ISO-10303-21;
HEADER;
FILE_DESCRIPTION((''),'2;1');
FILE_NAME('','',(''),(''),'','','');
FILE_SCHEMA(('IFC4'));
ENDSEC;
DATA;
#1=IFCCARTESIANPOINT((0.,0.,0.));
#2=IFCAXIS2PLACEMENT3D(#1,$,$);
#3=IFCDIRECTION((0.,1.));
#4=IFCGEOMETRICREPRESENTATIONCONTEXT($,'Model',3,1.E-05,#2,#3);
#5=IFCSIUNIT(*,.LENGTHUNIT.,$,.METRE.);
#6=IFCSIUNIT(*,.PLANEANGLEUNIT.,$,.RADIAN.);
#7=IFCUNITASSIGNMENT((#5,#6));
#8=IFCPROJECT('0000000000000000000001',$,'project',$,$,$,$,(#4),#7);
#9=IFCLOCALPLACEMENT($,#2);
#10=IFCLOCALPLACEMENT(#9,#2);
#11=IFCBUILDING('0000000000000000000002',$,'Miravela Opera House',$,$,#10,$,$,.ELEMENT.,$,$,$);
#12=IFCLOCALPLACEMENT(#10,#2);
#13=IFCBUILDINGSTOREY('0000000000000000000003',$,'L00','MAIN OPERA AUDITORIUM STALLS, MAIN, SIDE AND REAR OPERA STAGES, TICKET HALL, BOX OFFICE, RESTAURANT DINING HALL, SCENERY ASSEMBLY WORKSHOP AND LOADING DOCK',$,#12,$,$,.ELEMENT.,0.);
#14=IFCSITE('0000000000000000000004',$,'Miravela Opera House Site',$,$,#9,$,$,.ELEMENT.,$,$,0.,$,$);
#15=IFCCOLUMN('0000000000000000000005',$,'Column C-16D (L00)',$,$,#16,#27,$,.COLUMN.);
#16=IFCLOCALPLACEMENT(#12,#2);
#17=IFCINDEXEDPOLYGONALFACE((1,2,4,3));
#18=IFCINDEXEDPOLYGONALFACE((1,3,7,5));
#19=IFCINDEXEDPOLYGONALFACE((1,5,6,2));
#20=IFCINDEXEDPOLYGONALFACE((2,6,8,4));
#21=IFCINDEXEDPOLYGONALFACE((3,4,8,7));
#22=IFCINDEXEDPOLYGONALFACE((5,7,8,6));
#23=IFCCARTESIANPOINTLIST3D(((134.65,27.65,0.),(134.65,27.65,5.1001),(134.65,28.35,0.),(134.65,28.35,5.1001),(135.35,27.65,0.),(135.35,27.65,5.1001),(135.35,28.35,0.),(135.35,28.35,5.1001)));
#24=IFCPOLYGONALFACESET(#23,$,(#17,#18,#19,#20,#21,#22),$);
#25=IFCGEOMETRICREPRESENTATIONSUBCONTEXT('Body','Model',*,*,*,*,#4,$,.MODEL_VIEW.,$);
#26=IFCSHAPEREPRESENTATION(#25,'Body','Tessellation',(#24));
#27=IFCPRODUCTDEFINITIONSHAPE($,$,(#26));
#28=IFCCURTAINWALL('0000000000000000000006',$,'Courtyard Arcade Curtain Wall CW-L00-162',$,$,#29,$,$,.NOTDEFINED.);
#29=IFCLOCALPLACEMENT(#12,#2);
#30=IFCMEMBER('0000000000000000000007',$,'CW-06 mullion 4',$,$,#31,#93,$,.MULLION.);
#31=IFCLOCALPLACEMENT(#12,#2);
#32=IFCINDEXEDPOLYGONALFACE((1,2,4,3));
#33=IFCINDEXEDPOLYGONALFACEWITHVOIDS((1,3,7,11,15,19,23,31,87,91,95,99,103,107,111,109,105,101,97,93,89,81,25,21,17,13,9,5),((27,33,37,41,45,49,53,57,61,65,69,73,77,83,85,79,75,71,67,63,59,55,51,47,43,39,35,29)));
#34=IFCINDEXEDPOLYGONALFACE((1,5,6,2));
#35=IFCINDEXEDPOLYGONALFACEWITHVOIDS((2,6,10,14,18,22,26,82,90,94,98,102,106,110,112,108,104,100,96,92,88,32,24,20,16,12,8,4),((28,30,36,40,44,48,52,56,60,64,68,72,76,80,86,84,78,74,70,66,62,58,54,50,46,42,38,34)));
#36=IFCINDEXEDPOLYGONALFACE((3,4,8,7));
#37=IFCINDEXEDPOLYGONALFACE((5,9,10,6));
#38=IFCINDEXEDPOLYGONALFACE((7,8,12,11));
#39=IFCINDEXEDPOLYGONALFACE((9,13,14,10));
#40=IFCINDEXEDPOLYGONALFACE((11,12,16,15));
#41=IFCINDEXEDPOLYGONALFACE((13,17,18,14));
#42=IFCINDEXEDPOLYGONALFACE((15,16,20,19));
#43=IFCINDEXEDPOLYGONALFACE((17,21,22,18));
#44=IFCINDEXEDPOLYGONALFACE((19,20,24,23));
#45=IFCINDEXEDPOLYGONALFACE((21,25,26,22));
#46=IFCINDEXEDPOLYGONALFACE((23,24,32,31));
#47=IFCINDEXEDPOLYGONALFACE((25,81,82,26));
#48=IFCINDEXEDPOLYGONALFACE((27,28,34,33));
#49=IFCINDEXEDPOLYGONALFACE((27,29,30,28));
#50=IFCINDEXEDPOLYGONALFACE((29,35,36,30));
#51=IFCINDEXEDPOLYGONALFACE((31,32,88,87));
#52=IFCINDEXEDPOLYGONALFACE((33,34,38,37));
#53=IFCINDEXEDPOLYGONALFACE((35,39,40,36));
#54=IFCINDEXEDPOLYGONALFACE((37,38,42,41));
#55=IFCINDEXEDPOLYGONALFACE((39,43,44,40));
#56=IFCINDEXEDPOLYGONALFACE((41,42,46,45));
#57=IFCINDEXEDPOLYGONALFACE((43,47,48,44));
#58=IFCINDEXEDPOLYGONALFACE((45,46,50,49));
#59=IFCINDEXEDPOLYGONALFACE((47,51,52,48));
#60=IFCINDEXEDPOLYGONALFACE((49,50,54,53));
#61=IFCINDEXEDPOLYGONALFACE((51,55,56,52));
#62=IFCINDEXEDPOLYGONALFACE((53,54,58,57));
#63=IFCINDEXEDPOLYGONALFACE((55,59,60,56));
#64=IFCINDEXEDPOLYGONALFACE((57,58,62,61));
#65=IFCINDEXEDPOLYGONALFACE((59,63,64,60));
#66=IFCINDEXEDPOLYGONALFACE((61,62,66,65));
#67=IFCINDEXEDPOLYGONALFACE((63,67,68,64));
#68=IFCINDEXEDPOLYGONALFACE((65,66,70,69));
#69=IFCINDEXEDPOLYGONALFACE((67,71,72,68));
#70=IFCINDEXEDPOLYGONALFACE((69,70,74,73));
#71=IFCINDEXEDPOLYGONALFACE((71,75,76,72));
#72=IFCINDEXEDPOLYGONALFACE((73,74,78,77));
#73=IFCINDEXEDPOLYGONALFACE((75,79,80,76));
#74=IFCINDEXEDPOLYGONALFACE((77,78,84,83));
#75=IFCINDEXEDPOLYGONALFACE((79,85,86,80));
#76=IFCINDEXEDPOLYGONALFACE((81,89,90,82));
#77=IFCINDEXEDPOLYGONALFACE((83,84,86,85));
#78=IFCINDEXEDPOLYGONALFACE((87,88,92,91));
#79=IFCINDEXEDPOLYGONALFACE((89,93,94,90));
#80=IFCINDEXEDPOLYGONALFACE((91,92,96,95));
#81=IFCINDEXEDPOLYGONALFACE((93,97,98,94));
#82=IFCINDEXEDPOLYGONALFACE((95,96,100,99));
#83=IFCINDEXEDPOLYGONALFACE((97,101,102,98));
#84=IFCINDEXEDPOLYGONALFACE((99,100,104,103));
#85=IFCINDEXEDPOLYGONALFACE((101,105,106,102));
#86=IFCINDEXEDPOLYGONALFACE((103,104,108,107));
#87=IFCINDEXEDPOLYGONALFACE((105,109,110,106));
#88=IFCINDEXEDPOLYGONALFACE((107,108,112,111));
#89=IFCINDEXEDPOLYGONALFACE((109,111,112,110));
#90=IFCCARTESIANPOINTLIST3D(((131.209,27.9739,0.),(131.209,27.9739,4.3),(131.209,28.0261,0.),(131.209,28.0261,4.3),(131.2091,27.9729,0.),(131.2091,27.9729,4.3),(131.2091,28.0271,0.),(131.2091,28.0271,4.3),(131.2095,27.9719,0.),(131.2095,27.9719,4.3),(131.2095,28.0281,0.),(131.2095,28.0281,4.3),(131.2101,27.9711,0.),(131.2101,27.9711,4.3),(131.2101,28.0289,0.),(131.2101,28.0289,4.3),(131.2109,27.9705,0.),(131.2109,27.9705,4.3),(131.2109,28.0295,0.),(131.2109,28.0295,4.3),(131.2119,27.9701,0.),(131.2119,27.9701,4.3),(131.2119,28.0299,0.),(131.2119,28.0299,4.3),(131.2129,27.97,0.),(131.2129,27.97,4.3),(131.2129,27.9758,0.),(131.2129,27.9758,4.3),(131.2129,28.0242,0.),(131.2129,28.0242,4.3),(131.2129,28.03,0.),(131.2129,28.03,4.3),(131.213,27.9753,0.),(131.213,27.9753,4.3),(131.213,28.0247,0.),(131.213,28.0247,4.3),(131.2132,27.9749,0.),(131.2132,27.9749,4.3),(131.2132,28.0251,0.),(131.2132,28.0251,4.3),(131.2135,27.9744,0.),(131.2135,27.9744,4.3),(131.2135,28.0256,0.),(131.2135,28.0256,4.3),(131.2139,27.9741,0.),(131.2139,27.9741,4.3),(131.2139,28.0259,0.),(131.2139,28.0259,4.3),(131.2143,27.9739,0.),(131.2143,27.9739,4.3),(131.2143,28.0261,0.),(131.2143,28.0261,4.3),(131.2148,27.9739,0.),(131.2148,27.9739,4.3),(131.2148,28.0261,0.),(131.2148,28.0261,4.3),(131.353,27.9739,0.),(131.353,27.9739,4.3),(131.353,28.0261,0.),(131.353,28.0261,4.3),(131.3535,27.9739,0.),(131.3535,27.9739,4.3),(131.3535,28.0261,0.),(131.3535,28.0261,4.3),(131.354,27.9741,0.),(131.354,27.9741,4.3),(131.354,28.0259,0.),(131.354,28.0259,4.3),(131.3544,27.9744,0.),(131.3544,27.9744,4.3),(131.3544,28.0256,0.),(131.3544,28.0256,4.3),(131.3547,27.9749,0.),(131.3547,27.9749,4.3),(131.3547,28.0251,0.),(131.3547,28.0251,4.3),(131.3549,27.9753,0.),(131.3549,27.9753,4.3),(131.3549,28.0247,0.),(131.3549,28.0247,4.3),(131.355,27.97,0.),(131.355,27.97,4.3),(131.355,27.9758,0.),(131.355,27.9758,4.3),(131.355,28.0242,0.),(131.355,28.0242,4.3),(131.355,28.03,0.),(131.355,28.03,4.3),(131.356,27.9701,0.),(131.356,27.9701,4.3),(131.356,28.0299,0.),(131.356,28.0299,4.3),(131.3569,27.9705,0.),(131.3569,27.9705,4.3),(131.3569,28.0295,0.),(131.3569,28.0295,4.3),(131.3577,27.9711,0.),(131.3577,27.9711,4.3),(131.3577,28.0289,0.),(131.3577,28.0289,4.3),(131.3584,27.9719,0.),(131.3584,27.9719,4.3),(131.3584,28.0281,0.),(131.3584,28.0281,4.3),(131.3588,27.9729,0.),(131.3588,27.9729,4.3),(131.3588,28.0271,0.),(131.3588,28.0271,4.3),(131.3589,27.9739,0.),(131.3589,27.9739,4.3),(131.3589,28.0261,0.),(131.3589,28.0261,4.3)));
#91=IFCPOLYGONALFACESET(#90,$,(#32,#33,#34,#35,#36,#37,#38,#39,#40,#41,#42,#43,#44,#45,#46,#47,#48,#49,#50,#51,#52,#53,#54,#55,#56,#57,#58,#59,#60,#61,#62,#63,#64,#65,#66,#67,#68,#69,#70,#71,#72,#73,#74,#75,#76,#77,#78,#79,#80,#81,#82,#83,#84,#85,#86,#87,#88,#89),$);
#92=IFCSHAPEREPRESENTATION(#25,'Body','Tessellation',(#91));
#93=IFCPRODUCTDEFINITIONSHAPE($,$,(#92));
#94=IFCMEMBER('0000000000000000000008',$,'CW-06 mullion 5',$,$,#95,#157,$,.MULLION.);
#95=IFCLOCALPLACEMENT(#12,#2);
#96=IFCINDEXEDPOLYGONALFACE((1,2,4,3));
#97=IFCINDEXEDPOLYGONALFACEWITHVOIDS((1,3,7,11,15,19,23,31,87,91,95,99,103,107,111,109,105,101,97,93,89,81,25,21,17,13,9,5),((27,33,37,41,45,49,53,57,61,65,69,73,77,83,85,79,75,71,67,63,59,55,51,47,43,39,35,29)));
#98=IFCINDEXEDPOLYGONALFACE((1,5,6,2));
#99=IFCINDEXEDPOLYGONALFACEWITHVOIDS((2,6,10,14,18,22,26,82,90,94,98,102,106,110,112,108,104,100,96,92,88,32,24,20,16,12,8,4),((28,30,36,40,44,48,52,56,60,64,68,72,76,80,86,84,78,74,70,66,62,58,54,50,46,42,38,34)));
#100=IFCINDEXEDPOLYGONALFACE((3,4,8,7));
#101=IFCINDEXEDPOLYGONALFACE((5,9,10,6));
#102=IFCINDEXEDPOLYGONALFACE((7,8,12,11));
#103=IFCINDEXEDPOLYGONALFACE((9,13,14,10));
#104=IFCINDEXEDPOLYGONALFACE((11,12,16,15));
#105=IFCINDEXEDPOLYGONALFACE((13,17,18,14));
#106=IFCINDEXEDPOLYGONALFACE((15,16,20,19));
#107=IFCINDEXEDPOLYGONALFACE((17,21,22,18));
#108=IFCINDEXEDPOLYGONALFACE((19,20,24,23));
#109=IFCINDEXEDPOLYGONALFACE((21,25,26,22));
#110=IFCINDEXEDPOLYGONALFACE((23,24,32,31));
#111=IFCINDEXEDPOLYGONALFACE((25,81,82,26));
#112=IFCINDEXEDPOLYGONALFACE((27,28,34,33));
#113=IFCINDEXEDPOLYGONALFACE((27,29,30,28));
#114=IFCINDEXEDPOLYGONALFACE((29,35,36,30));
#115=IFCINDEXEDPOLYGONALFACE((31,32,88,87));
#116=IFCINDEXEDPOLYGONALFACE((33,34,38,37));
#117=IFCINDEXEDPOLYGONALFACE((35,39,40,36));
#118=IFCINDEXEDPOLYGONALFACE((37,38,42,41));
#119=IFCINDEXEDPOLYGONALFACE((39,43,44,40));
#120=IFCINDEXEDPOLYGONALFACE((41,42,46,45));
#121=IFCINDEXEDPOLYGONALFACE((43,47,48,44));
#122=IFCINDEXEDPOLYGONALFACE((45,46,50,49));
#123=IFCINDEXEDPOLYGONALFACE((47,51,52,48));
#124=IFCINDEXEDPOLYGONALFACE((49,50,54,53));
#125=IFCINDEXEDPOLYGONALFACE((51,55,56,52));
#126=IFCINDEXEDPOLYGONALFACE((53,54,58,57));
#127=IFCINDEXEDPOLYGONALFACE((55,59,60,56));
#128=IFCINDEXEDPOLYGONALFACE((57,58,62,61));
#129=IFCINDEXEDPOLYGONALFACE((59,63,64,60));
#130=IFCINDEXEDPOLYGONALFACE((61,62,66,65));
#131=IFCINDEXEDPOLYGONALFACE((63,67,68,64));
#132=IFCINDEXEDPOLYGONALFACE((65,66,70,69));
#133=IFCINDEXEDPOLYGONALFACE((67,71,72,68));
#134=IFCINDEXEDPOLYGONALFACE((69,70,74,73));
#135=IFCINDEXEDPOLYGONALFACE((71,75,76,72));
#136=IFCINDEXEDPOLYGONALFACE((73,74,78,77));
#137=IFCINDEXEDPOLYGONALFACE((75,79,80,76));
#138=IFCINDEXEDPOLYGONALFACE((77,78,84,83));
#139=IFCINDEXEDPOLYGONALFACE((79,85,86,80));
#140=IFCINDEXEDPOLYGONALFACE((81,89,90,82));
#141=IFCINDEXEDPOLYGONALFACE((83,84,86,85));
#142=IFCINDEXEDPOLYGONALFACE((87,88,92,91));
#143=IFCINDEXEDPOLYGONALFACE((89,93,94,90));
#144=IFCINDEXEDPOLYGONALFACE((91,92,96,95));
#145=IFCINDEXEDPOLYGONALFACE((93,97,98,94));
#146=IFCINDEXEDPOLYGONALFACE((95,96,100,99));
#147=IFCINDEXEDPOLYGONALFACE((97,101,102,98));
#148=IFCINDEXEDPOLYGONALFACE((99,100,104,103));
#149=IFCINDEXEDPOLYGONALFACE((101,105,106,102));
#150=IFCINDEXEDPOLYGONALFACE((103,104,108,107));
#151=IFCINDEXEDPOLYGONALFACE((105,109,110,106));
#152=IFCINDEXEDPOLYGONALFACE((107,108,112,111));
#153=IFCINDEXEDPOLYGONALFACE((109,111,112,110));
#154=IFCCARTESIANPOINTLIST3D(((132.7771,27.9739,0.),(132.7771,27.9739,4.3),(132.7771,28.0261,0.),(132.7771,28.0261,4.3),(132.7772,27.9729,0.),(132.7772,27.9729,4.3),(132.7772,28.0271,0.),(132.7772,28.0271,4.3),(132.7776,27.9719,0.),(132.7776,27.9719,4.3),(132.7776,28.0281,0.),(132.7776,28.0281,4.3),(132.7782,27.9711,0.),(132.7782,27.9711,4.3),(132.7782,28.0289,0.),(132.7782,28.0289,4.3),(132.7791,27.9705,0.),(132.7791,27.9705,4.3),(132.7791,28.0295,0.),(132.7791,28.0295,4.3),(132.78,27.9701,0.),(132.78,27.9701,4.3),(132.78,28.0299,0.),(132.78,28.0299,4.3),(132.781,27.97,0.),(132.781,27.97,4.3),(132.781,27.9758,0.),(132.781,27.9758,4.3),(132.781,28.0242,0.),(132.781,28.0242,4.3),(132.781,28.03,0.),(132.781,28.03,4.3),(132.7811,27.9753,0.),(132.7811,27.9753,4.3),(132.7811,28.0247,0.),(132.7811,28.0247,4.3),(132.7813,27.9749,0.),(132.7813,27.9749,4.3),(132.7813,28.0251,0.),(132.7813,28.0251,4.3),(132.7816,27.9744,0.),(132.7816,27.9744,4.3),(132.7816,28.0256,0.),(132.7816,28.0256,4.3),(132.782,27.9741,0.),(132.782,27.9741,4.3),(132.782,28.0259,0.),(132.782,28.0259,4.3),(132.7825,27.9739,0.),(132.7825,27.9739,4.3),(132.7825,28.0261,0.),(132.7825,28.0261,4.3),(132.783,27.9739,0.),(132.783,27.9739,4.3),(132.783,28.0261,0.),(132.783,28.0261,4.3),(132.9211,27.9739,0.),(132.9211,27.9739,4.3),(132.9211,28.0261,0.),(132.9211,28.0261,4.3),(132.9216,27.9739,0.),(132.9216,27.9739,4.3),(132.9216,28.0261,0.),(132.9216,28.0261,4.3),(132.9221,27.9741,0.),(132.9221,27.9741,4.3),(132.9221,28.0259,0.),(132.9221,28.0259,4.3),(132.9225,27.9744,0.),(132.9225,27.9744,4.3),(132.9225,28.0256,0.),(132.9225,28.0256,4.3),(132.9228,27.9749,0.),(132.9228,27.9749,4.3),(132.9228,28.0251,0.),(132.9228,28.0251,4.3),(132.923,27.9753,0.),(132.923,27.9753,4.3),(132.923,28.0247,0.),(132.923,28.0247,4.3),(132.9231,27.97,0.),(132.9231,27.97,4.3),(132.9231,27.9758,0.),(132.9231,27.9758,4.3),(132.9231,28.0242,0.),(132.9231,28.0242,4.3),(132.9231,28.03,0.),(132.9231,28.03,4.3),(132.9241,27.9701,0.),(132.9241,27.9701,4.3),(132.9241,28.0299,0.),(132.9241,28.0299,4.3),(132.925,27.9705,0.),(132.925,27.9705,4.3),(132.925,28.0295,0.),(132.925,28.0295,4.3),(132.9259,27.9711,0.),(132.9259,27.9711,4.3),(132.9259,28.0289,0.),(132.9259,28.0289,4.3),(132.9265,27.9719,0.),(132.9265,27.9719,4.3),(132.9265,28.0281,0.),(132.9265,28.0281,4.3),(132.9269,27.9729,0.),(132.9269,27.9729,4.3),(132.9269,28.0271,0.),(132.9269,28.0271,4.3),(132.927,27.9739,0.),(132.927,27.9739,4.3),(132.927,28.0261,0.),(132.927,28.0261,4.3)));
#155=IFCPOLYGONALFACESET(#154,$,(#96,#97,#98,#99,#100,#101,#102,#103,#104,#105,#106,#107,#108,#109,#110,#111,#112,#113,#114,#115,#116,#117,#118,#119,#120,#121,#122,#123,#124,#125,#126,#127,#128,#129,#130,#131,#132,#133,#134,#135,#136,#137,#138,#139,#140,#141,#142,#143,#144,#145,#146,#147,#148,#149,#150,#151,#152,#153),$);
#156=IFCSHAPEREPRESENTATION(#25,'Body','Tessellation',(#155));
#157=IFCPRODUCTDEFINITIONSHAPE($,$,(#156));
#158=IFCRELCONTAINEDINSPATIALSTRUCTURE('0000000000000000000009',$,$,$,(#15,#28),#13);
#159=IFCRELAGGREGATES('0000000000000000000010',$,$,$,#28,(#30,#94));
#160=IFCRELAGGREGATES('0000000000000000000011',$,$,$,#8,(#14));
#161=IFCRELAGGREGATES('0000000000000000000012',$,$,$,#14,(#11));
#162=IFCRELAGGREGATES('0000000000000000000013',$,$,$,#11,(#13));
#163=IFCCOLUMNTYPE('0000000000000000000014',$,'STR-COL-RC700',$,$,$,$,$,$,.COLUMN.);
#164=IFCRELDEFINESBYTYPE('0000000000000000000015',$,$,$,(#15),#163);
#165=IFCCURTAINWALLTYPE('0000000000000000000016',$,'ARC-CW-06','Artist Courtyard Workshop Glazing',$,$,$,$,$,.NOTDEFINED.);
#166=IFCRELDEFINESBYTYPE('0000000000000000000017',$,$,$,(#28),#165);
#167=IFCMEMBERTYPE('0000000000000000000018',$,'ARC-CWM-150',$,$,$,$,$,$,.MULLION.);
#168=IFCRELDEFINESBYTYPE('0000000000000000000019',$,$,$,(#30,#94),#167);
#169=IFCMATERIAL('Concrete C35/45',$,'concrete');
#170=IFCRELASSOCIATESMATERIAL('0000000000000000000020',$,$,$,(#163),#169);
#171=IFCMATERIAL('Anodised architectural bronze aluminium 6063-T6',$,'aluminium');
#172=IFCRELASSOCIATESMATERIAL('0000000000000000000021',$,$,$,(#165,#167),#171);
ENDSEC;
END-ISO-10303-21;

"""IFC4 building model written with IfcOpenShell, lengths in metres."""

from ifc_helpers import new_model, si_unit, direction, frame, origin, origin_2d, place, context, subcontext, project, spatial, rectangle, hollow_rectangle, extrude, material, material_profile, profile_set, type_object, element, aggregate, save


model = new_model("IFC4")

# Units and contexts
model_context = context("Model", 3, precision=1e-05, world=origin(), true_north=direction((0.0, 1.0)))
body_context = subcontext(model_context, "Body", "Model", "MODEL_VIEW")
ifc_project = project(units=[si_unit("LENGTHUNIT", "METRE"), si_unit("PLANEANGLEUNIT", "RADIAN")], contexts=[model_context])

# Site, building, storey
site_placement = place(None, origin())
site = spatial("IfcSite", under=ifc_project, at=site_placement, Name="Miravela Opera House Site", CompositionType="ELEMENT", RefElevation=0.0)
building_placement = place(site_placement, origin())
building = spatial("IfcBuilding", under=site, at=building_placement, Name="Miravela Opera House", CompositionType="ELEMENT")
storey_placement = place(building_placement, origin())
storey = spatial("IfcBuildingStorey", under=building, at=storey_placement, Name="L00", Description="MAIN OPERA AUDITORIUM STALLS, MAIN, SIDE AND REAR OPERA STAGES, TICKET HALL, BOX OFFICE, RESTAURANT DINING HALL, SCENERY ASSEMBLY WORKSHOP AND LOADING DOCK", CompositionType="ELEMENT", Elevation=0.0)

# Column
ifc_material_1 = material(Name="Concrete C35/45", Category="concrete")
ifc_material_profile_1 = material_profile(ifc_material_1, rectangle(XDim=0.7, YDim=0.7, at=origin_2d()), Name="RC-COL-700X700")
ifc_profile_set_1 = profile_set([ifc_material_profile_1])
column_type = type_object("IfcColumnType", Name="STR-COL-RC700", PredefinedType="COLUMN", material=ifc_profile_set_1)
column_placement = place(storey_placement, frame((135.0, 28.0, 0.0), z_axis=(0.0, 0.0, 1.0), x_axis=(1.0, 0.0, 0.0)))
element("IfcColumn", 1, at=column_placement, inside=storey, type_object=column_type, Name="Column C-16D (L00)", PredefinedType="COLUMN", context=body_context, shape_type="SweptSolid", body=[
    extrude(rectangle(XDim=0.7, YDim=0.7, at=origin_2d()), origin(), (0.0, 0.0, 1.0), 5.1001),
])

# Curtain wall, members
ifc_material_2 = material(Name="Anodised architectural bronze aluminium 6063-T6", Category="aluminium")
curtain_wall_type = type_object("IfcCurtainWallType", Name="ARC-CW-06", Description="Artist Courtyard Workshop Glazing", PredefinedType="NOTDEFINED", material=ifc_material_2)
curtain_wall_placement = place(storey_placement, origin())
curtain_wall = element("IfcCurtainWall", 2, at=curtain_wall_placement, inside=storey, type_object=curtain_wall_type, Name="Courtyard Arcade Curtain Wall CW-L00-162", PredefinedType="NOTDEFINED")
ifc_material_profile_2 = material_profile(ifc_material_2, hollow_rectangle(XDim=0.0601, YDim=0.1499, WallThickness=0.0039, InnerFilletRadius=0.002, OuterFilletRadius=0.0039, at=origin_2d()), Name="CWM-60X150")
ifc_profile_set_2 = profile_set([ifc_material_profile_2])
member_type_1 = type_object("IfcMemberType", Name="ARC-CWM-150", PredefinedType="MULLION", material=ifc_profile_set_2)
member_1_placement = place(storey_placement, frame((131.2839, 28.0, 0.0), z_axis=(0.0, 0.0, 1.0), x_axis=(0.0, 1.0, 0.0)))
member_1 = element("IfcMember", 3, at=member_1_placement, type_object=member_type_1, Name="CW-06 mullion 4", PredefinedType="MULLION", context=body_context, shape_type="SweptSolid", body=[
    extrude(hollow_rectangle(XDim=0.0601, YDim=0.1499, WallThickness=0.0039, InnerFilletRadius=0.002, OuterFilletRadius=0.0039, at=origin_2d()), origin(), (0.0, 0.0, 1.0), 4.3),
])
member_2_placement = place(storey_placement, frame((132.8521, 28.0, 0.0), z_axis=(0.0, 0.0, 1.0), x_axis=(0.0, 1.0, 0.0)))
member_2 = element("IfcMember", 4, at=member_2_placement, type_object=member_type_1, Name="CW-06 mullion 5", PredefinedType="MULLION", context=body_context, shape_type="SweptSolid", body=[
    extrude(hollow_rectangle(XDim=0.0601, YDim=0.1499, WallThickness=0.0039, InnerFilletRadius=0.002, OuterFilletRadius=0.0039, at=origin_2d()), origin(), (0.0, 0.0, 1.0), 4.3),
])

aggregate(curtain_wall, [member_1, member_2])

save(model, "model.ifc")
